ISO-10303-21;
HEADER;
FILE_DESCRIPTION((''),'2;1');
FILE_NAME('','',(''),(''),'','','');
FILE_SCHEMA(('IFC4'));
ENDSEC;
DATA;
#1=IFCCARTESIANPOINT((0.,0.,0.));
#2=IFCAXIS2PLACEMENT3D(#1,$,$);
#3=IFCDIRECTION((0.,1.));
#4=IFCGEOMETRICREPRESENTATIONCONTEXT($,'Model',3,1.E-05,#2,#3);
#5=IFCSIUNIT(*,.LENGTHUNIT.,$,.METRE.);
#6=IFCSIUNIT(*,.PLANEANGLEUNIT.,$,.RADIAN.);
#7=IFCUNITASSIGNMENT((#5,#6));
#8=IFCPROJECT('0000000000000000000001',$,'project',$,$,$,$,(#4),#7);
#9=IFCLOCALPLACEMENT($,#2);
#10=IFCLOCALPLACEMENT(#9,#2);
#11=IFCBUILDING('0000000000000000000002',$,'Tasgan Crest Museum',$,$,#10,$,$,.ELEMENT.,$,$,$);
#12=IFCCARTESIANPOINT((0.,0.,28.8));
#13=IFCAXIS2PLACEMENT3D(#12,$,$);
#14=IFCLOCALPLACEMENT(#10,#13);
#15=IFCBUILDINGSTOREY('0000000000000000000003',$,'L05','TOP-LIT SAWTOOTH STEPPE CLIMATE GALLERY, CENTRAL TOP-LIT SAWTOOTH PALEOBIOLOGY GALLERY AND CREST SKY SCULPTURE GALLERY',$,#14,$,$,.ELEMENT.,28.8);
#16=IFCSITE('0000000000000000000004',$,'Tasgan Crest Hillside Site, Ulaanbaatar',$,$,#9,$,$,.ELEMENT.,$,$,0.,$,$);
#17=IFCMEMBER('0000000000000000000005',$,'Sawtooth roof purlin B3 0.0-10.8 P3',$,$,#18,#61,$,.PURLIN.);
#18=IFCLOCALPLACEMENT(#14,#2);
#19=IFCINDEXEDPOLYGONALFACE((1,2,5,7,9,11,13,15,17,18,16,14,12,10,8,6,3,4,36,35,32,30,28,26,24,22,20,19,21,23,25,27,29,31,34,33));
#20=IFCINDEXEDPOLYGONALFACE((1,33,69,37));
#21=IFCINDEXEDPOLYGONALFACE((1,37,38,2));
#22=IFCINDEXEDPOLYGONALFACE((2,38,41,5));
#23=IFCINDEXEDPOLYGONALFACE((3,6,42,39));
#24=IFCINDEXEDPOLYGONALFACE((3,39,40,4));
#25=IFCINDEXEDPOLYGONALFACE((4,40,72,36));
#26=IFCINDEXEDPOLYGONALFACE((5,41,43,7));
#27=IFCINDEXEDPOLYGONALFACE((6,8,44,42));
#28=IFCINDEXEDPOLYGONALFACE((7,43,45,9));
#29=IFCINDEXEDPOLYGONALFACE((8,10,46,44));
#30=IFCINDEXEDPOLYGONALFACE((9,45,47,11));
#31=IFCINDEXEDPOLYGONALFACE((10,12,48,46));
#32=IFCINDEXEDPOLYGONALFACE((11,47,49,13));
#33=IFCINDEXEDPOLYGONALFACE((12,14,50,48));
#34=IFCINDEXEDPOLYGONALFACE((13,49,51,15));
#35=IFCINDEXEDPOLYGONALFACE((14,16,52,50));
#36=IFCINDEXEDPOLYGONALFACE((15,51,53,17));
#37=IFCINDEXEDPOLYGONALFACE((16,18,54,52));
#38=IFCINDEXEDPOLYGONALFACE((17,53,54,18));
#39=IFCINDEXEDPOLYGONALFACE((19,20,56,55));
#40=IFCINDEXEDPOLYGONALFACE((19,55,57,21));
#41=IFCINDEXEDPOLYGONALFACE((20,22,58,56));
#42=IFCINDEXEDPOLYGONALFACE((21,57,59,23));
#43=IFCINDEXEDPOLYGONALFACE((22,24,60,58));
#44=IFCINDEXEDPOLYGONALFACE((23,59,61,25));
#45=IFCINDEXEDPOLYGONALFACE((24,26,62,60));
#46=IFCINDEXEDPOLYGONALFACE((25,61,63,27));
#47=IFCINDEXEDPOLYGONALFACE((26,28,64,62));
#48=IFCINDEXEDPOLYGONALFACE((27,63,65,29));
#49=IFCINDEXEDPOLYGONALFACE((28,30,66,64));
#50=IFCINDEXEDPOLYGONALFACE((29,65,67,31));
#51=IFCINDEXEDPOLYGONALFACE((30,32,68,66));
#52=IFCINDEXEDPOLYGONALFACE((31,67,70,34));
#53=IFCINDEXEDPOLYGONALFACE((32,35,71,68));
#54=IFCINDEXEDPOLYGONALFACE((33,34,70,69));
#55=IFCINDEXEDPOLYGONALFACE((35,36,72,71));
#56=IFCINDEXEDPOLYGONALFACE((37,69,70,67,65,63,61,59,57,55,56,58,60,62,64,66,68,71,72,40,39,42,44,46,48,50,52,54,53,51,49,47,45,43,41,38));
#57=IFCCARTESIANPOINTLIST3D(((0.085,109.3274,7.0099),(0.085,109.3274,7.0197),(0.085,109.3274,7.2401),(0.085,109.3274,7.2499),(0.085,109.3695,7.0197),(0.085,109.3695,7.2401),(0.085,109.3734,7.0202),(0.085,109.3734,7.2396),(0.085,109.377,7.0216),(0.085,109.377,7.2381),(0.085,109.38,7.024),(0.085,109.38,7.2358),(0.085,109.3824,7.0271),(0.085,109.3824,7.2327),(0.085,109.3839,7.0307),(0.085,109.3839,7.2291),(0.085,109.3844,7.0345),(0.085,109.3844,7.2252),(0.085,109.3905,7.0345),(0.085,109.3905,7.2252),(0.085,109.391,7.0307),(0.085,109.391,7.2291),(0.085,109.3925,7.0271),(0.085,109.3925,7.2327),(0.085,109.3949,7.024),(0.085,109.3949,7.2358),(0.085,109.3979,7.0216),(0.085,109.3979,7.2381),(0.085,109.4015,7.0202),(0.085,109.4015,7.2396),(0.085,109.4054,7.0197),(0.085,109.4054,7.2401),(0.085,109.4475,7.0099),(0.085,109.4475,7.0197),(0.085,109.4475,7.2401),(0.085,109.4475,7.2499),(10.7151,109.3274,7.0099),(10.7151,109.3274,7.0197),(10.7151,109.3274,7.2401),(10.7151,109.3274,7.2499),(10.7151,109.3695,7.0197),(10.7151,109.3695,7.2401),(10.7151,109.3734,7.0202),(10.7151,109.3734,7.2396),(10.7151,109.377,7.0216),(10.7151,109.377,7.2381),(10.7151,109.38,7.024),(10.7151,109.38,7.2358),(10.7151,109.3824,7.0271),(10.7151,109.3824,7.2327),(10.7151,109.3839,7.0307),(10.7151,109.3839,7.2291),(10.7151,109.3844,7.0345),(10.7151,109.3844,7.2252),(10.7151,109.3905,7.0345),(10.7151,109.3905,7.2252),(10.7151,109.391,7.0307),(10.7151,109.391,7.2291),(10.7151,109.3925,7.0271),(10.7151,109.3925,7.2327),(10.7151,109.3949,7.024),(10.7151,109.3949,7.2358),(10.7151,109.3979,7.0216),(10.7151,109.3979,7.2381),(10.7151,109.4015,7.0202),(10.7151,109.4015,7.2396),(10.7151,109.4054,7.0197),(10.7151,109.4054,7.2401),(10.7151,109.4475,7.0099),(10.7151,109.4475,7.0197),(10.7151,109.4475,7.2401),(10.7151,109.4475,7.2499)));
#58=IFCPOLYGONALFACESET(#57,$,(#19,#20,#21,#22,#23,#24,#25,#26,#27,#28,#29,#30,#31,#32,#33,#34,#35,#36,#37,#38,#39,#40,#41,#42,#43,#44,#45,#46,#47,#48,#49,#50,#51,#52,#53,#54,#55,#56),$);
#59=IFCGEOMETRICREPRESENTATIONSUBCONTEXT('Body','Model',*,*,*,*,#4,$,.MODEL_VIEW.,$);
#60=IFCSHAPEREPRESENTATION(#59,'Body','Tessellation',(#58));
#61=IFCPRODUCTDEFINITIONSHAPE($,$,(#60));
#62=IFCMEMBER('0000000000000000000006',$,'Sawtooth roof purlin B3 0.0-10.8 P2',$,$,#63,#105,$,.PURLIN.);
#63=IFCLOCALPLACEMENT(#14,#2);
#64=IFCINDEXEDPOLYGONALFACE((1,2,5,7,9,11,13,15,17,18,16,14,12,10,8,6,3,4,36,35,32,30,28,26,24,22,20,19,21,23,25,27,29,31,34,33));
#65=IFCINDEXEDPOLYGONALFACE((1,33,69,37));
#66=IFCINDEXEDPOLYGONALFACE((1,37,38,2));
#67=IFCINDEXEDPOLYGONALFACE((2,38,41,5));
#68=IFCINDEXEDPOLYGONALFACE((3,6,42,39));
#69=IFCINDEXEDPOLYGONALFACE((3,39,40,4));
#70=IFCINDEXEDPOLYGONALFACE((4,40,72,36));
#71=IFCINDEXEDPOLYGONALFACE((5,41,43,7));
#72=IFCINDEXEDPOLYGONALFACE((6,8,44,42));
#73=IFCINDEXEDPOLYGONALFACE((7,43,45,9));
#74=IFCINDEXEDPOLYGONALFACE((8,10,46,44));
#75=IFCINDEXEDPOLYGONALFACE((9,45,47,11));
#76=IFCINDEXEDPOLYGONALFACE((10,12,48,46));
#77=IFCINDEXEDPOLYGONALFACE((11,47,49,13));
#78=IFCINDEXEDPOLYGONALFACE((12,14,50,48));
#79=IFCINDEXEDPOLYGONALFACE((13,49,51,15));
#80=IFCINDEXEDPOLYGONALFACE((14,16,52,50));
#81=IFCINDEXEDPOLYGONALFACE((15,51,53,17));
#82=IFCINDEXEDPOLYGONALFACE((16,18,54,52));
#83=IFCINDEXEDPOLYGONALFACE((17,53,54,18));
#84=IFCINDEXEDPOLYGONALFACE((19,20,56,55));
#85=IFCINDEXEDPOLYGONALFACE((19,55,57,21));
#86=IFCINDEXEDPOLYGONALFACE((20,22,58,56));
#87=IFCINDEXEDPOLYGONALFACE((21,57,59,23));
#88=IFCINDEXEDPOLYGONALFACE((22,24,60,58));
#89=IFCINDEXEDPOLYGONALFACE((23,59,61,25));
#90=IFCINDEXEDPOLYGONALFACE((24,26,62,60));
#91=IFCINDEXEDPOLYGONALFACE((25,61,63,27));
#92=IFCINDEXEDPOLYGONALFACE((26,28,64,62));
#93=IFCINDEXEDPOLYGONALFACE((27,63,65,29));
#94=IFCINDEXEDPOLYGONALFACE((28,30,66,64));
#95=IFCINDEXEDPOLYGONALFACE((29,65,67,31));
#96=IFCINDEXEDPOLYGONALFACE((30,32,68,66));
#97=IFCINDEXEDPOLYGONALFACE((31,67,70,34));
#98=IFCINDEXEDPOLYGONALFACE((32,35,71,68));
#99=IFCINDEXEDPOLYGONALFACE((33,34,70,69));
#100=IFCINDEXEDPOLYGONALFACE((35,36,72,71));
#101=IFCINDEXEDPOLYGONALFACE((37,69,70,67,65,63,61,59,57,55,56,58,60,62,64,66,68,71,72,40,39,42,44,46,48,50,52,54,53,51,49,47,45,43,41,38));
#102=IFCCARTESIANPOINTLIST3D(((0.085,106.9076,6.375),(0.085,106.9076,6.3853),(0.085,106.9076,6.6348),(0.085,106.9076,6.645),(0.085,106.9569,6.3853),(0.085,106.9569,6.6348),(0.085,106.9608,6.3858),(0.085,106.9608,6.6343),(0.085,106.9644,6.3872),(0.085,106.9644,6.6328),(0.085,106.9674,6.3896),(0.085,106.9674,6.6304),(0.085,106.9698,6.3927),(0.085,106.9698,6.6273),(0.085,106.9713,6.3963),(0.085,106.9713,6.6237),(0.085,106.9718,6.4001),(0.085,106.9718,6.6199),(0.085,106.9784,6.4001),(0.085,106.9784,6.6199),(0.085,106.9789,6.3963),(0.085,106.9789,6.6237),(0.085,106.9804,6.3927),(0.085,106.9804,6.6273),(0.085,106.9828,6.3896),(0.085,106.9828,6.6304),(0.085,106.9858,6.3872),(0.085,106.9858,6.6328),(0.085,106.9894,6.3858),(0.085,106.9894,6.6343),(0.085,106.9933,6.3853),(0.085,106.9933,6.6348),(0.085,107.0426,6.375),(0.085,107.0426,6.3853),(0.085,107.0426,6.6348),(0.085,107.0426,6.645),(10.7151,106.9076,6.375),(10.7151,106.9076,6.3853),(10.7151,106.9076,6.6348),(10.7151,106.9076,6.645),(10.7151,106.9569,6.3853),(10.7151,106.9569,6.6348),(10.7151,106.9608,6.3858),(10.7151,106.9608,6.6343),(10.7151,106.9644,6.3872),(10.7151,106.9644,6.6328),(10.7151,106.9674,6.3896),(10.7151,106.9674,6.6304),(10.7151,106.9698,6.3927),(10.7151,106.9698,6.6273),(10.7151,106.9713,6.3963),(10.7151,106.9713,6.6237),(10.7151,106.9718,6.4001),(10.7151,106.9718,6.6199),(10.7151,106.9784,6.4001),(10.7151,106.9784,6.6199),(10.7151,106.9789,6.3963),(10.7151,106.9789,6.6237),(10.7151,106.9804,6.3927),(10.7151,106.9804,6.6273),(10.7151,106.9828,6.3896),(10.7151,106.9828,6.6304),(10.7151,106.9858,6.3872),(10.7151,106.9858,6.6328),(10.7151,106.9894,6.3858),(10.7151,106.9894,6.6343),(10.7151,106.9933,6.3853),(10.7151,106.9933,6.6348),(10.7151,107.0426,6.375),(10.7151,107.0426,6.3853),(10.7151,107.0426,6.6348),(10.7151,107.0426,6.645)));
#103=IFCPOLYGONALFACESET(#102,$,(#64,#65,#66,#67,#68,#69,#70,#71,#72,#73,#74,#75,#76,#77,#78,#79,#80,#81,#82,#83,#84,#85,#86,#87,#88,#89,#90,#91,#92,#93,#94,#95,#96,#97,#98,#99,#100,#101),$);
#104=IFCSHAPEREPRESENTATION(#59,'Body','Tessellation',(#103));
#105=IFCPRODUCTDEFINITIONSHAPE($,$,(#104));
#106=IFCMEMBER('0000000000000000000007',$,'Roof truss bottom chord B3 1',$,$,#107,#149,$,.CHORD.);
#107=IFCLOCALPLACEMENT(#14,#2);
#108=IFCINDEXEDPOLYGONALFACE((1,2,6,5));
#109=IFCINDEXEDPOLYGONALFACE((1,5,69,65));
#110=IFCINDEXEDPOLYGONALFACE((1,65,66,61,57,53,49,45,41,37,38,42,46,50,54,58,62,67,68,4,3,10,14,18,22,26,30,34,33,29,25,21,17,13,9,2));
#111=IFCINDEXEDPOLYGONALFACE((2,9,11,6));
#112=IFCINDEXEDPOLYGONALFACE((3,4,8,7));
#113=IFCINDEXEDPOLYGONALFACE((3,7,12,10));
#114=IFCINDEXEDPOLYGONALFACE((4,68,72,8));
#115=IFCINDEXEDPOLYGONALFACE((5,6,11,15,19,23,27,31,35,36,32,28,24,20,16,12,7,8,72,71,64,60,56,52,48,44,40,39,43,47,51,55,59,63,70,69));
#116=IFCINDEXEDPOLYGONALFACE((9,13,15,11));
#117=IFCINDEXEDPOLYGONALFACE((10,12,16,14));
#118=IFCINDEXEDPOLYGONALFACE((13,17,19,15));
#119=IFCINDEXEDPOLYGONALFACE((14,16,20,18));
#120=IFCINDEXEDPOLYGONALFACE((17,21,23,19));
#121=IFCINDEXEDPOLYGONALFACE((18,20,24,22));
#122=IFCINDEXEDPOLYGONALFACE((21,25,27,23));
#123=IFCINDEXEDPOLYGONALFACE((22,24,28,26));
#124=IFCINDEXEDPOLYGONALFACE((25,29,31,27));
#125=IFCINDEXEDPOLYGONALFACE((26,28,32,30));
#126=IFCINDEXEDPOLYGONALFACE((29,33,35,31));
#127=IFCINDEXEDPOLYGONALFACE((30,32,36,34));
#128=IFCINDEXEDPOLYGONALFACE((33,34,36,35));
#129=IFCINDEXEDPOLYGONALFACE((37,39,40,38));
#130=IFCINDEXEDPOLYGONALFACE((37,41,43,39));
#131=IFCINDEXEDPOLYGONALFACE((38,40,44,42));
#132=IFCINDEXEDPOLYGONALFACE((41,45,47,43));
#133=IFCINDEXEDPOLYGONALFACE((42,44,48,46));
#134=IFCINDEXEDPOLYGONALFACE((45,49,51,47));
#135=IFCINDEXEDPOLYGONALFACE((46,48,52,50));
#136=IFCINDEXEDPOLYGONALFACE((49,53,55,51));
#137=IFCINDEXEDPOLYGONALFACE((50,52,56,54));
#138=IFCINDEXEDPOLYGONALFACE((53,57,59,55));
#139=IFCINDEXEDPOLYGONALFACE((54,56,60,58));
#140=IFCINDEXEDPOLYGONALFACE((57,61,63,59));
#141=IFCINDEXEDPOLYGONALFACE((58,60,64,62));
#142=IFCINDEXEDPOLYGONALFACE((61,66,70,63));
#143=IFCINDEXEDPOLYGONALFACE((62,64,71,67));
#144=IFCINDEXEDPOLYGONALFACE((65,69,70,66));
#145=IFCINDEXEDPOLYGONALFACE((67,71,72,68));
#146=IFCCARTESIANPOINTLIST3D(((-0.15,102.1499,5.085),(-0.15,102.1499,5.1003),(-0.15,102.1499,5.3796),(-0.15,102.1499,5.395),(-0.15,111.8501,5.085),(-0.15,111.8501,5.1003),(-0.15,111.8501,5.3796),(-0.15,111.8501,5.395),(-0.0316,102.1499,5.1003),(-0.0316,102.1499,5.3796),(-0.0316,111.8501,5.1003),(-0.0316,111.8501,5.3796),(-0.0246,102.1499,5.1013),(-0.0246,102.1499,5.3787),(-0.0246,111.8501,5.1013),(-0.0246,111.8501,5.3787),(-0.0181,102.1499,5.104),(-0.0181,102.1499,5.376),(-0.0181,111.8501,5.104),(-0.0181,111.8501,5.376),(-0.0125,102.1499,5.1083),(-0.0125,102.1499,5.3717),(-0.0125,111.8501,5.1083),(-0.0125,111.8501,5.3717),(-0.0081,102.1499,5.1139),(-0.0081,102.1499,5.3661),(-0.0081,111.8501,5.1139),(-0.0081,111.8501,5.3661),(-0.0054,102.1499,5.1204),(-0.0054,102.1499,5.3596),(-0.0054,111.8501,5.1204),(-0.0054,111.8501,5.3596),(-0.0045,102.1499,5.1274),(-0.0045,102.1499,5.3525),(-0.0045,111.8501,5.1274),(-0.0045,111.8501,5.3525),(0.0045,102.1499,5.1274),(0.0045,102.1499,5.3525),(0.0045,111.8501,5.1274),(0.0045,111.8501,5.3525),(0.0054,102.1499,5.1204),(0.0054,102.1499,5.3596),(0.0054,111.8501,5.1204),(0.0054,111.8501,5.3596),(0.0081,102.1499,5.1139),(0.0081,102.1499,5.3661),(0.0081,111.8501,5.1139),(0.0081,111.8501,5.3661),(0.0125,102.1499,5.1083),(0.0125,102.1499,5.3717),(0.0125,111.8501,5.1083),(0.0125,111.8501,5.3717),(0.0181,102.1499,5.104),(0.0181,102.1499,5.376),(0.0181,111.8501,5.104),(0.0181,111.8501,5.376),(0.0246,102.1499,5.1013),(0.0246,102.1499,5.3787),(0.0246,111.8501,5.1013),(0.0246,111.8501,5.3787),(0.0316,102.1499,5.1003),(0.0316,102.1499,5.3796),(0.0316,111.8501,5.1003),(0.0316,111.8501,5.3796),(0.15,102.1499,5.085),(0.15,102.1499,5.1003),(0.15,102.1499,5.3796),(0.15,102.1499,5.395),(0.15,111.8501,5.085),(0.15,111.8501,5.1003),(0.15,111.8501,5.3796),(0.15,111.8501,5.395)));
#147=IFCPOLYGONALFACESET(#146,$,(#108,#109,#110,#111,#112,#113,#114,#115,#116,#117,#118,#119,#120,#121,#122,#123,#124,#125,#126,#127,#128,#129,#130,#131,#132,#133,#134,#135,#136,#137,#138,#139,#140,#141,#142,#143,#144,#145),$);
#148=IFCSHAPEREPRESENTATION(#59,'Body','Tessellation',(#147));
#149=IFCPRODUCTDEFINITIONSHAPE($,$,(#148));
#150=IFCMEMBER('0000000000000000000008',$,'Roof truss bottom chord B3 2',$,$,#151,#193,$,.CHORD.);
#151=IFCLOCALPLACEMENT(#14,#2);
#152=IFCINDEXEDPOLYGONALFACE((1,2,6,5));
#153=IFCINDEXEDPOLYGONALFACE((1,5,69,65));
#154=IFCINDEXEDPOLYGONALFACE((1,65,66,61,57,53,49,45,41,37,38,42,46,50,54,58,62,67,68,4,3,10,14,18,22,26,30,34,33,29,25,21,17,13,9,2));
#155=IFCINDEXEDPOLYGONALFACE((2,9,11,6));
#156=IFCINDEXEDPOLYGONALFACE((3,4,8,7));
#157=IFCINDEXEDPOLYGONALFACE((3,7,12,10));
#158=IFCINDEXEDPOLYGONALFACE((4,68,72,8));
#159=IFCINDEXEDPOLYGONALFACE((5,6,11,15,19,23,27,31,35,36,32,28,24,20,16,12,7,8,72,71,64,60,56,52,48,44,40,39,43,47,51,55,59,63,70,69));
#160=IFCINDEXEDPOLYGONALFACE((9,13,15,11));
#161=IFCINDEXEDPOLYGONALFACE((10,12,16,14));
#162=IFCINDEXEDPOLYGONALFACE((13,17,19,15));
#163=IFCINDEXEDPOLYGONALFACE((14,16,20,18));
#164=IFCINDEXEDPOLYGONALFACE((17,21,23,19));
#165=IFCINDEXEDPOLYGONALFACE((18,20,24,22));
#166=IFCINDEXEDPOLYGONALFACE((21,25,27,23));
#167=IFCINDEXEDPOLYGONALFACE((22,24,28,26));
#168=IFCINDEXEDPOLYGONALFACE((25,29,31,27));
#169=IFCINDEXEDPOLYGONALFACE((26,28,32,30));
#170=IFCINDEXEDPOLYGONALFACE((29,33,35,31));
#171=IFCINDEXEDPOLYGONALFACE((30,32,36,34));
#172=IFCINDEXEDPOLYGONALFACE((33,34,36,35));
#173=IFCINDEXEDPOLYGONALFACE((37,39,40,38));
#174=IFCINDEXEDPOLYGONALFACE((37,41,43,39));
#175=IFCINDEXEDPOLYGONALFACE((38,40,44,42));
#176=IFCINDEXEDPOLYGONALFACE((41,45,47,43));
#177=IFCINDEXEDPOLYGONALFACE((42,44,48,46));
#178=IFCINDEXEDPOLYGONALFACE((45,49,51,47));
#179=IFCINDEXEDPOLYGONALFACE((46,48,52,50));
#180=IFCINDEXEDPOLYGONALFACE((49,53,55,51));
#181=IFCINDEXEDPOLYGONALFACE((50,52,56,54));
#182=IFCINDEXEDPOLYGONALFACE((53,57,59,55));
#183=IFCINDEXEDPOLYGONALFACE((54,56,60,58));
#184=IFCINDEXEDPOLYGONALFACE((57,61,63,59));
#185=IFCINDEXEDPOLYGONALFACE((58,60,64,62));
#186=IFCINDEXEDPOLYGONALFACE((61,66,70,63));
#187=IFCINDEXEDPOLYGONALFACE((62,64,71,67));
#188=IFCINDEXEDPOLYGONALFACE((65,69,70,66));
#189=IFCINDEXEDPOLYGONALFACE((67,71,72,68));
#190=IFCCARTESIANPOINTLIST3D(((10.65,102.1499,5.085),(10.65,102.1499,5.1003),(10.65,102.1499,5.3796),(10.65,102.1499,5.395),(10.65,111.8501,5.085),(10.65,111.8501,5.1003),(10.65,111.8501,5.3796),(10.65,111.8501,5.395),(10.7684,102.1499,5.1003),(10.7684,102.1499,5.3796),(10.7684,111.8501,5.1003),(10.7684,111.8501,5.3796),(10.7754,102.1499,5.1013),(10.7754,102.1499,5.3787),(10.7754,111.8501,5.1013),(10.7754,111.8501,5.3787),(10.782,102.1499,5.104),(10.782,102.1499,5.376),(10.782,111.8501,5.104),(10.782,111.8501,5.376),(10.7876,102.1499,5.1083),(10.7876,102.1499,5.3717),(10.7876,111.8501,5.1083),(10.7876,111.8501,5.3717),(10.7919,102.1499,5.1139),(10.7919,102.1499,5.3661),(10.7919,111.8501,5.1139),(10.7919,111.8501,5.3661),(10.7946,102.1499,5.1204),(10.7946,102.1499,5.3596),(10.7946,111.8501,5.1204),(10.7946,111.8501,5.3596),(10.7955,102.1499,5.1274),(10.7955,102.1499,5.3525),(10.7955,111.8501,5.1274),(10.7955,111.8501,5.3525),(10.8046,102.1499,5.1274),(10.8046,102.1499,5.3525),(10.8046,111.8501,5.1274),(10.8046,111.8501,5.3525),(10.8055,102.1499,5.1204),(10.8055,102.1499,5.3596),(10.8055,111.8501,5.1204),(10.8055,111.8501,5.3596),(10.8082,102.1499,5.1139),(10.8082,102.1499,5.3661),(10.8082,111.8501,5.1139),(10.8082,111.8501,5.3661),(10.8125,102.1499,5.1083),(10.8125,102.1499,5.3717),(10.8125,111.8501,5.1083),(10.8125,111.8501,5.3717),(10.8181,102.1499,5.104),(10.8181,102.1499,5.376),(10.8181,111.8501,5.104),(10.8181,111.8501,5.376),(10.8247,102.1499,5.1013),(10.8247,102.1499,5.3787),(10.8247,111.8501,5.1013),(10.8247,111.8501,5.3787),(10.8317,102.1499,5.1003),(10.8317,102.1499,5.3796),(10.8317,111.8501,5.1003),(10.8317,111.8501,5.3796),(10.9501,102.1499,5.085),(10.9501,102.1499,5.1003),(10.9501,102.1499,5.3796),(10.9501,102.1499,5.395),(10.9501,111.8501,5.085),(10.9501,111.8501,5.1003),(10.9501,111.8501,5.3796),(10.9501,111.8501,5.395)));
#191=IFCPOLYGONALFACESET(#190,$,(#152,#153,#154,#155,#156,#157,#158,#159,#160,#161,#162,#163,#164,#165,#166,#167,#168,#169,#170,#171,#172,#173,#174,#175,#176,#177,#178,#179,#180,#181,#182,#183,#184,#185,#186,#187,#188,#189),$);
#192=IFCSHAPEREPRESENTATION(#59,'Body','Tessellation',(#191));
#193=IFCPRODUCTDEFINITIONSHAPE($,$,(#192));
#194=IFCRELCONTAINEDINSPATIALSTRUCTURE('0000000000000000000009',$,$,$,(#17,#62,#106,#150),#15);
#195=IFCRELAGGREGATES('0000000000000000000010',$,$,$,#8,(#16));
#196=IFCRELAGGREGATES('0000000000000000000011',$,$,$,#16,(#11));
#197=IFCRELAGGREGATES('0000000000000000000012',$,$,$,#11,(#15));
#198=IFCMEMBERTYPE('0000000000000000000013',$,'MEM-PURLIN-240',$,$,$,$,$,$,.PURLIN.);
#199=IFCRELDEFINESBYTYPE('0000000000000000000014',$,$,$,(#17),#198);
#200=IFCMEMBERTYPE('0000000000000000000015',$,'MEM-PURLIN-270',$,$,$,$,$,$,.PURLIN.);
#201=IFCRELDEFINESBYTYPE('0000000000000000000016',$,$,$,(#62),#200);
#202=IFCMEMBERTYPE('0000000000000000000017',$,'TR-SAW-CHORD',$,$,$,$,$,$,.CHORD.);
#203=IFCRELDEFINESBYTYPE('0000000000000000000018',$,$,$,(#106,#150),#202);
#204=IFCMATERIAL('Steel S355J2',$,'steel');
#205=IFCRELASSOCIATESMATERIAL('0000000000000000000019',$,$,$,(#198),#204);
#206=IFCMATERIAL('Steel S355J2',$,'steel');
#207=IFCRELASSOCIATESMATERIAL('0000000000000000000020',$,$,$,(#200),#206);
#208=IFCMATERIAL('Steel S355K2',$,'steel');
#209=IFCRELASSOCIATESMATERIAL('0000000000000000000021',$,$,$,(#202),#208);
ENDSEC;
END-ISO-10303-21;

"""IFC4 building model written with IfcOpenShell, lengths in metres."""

from ifc_helpers import new_model, si_unit, direction, frame, origin, origin_2d, place, context, subcontext, project, spatial, i_section, extrude, material, material_profile, profile_set, type_object, element, save


model = new_model("IFC4")

# Units and contexts
model_context = context("Model", 3, precision=1e-05, world=origin(), true_north=direction((0.0, 1.0)))
body_context = subcontext(model_context, "Body", "Model", "MODEL_VIEW")
ifc_project = project(units=[si_unit("LENGTHUNIT", "METRE"), si_unit("PLANEANGLEUNIT", "RADIAN")], contexts=[model_context])

# Site, building, storey
site_placement = place(None, origin())
site = spatial("IfcSite", under=ifc_project, at=site_placement, Name="Tasgan Crest Hillside Site, Ulaanbaatar", CompositionType="ELEMENT", RefElevation=0.0)
building_placement = place(site_placement, origin())
building = spatial("IfcBuilding", under=site, at=building_placement, Name="Tasgan Crest Museum", CompositionType="ELEMENT")
storey_placement = place(building_placement, frame((0.0, 0.0, 28.8)))
storey = spatial("IfcBuildingStorey", under=building, at=storey_placement, Name="L05", Description="TOP-LIT SAWTOOTH STEPPE CLIMATE GALLERY, CENTRAL TOP-LIT SAWTOOTH PALEOBIOLOGY GALLERY AND CREST SKY SCULPTURE GALLERY", CompositionType="ELEMENT", Elevation=28.8)

# Members
ifc_material_1 = material(Name="Steel S355J2", Category="steel")
ifc_material_profile_1 = material_profile(ifc_material_1, i_section(OverallWidth=0.1201, OverallDepth=0.24, WebThickness=0.0061, FlangeThickness=0.0098, FilletRadius=0.0149, at=origin_2d()), Name="IPE 240")
ifc_profile_set_1 = profile_set([ifc_material_profile_1], Name="Steel S355J2")
member_type_1 = type_object("IfcMemberType", Name="MEM-PURLIN-240", PredefinedType="PURLIN", material=ifc_profile_set_1)
member_1_placement = place(storey_placement, frame((0.085, 109.3875, 7.1299), z_axis=(1.0, 0.0, 0.0), x_axis=(0.0, 1.0, 0.0)))
element("IfcMember", 1, at=member_1_placement, inside=storey, type_object=member_type_1, Name="Sawtooth roof purlin B3 0.0-10.8 P3", PredefinedType="PURLIN", context=body_context, shape_type="SweptSolid", body=[
    extrude(i_section(OverallWidth=0.1201, OverallDepth=0.24, WebThickness=0.0061, FlangeThickness=0.0098, FilletRadius=0.0149, at=origin_2d()), origin(), (0.0, 0.0, 1.0), 10.6301),
])
ifc_material_2 = material(Name="Steel S355J2", Category="steel")
ifc_material_profile_2 = material_profile(ifc_material_2, i_section(OverallWidth=0.135, OverallDepth=0.27, WebThickness=0.0066, FlangeThickness=0.0103, FilletRadius=0.0149, at=origin_2d()), Name="IPE 270")
ifc_profile_set_2 = profile_set([ifc_material_profile_2], Name="Steel S355J2")
member_type_2 = type_object("IfcMemberType", Name="MEM-PURLIN-270", PredefinedType="PURLIN", material=ifc_profile_set_2)
member_2_placement = place(storey_placement, frame((0.085, 106.9751, 6.51), z_axis=(1.0, 0.0, 0.0), x_axis=(0.0, 1.0, 0.0)))
element("IfcMember", 2, at=member_2_placement, inside=storey, type_object=member_type_2, Name="Sawtooth roof purlin B3 0.0-10.8 P2", PredefinedType="PURLIN", context=body_context, shape_type="SweptSolid", body=[
    extrude(i_section(OverallWidth=0.135, OverallDepth=0.27, WebThickness=0.0066, FlangeThickness=0.0103, FilletRadius=0.0149, at=origin_2d()), origin(), (0.0, 0.0, 1.0), 10.6301),
])
ifc_material_3 = material(Name="Steel S355K2", Category="steel")
ifc_material_profile_3 = material_profile(ifc_material_3, i_section(OverallWidth=0.3, OverallDepth=0.3101, WebThickness=0.009, FlangeThickness=0.0154, FilletRadius=0.0271, at=origin_2d()), Name="HEA 320")
ifc_profile_set_3 = profile_set([ifc_material_profile_3], Name="Steel S355K2")
member_type_3 = type_object("IfcMemberType", Name="TR-SAW-CHORD", PredefinedType="CHORD", material=ifc_profile_set_3)
for number, where, z_axis, x_axis, name in (
    (3, (0.0, 102.1499, 5.24), (0.0, 1.0, 0.0), (-1.0, 0.0, 0.0), "Roof truss bottom chord B3 1"),
    (4, (10.8, 102.1499, 5.24), (0.0, 1.0, 0.0), (-1.0, 0.0, 0.0), "Roof truss bottom chord B3 2"),
):
    element("IfcMember", number, at=place(storey_placement, frame(where, z_axis=z_axis, x_axis=x_axis)), inside=storey, type_object=member_type_3, Name=name, PredefinedType="CHORD", context=body_context, shape_type="SweptSolid", body=[
        extrude(i_section(OverallWidth=0.3, OverallDepth=0.3101, WebThickness=0.009, FlangeThickness=0.0154, FilletRadius=0.0271, at=origin_2d()), origin(), (0.0, 0.0, 1.0), 9.7002),
    ])

save(model, "model.ifc")
